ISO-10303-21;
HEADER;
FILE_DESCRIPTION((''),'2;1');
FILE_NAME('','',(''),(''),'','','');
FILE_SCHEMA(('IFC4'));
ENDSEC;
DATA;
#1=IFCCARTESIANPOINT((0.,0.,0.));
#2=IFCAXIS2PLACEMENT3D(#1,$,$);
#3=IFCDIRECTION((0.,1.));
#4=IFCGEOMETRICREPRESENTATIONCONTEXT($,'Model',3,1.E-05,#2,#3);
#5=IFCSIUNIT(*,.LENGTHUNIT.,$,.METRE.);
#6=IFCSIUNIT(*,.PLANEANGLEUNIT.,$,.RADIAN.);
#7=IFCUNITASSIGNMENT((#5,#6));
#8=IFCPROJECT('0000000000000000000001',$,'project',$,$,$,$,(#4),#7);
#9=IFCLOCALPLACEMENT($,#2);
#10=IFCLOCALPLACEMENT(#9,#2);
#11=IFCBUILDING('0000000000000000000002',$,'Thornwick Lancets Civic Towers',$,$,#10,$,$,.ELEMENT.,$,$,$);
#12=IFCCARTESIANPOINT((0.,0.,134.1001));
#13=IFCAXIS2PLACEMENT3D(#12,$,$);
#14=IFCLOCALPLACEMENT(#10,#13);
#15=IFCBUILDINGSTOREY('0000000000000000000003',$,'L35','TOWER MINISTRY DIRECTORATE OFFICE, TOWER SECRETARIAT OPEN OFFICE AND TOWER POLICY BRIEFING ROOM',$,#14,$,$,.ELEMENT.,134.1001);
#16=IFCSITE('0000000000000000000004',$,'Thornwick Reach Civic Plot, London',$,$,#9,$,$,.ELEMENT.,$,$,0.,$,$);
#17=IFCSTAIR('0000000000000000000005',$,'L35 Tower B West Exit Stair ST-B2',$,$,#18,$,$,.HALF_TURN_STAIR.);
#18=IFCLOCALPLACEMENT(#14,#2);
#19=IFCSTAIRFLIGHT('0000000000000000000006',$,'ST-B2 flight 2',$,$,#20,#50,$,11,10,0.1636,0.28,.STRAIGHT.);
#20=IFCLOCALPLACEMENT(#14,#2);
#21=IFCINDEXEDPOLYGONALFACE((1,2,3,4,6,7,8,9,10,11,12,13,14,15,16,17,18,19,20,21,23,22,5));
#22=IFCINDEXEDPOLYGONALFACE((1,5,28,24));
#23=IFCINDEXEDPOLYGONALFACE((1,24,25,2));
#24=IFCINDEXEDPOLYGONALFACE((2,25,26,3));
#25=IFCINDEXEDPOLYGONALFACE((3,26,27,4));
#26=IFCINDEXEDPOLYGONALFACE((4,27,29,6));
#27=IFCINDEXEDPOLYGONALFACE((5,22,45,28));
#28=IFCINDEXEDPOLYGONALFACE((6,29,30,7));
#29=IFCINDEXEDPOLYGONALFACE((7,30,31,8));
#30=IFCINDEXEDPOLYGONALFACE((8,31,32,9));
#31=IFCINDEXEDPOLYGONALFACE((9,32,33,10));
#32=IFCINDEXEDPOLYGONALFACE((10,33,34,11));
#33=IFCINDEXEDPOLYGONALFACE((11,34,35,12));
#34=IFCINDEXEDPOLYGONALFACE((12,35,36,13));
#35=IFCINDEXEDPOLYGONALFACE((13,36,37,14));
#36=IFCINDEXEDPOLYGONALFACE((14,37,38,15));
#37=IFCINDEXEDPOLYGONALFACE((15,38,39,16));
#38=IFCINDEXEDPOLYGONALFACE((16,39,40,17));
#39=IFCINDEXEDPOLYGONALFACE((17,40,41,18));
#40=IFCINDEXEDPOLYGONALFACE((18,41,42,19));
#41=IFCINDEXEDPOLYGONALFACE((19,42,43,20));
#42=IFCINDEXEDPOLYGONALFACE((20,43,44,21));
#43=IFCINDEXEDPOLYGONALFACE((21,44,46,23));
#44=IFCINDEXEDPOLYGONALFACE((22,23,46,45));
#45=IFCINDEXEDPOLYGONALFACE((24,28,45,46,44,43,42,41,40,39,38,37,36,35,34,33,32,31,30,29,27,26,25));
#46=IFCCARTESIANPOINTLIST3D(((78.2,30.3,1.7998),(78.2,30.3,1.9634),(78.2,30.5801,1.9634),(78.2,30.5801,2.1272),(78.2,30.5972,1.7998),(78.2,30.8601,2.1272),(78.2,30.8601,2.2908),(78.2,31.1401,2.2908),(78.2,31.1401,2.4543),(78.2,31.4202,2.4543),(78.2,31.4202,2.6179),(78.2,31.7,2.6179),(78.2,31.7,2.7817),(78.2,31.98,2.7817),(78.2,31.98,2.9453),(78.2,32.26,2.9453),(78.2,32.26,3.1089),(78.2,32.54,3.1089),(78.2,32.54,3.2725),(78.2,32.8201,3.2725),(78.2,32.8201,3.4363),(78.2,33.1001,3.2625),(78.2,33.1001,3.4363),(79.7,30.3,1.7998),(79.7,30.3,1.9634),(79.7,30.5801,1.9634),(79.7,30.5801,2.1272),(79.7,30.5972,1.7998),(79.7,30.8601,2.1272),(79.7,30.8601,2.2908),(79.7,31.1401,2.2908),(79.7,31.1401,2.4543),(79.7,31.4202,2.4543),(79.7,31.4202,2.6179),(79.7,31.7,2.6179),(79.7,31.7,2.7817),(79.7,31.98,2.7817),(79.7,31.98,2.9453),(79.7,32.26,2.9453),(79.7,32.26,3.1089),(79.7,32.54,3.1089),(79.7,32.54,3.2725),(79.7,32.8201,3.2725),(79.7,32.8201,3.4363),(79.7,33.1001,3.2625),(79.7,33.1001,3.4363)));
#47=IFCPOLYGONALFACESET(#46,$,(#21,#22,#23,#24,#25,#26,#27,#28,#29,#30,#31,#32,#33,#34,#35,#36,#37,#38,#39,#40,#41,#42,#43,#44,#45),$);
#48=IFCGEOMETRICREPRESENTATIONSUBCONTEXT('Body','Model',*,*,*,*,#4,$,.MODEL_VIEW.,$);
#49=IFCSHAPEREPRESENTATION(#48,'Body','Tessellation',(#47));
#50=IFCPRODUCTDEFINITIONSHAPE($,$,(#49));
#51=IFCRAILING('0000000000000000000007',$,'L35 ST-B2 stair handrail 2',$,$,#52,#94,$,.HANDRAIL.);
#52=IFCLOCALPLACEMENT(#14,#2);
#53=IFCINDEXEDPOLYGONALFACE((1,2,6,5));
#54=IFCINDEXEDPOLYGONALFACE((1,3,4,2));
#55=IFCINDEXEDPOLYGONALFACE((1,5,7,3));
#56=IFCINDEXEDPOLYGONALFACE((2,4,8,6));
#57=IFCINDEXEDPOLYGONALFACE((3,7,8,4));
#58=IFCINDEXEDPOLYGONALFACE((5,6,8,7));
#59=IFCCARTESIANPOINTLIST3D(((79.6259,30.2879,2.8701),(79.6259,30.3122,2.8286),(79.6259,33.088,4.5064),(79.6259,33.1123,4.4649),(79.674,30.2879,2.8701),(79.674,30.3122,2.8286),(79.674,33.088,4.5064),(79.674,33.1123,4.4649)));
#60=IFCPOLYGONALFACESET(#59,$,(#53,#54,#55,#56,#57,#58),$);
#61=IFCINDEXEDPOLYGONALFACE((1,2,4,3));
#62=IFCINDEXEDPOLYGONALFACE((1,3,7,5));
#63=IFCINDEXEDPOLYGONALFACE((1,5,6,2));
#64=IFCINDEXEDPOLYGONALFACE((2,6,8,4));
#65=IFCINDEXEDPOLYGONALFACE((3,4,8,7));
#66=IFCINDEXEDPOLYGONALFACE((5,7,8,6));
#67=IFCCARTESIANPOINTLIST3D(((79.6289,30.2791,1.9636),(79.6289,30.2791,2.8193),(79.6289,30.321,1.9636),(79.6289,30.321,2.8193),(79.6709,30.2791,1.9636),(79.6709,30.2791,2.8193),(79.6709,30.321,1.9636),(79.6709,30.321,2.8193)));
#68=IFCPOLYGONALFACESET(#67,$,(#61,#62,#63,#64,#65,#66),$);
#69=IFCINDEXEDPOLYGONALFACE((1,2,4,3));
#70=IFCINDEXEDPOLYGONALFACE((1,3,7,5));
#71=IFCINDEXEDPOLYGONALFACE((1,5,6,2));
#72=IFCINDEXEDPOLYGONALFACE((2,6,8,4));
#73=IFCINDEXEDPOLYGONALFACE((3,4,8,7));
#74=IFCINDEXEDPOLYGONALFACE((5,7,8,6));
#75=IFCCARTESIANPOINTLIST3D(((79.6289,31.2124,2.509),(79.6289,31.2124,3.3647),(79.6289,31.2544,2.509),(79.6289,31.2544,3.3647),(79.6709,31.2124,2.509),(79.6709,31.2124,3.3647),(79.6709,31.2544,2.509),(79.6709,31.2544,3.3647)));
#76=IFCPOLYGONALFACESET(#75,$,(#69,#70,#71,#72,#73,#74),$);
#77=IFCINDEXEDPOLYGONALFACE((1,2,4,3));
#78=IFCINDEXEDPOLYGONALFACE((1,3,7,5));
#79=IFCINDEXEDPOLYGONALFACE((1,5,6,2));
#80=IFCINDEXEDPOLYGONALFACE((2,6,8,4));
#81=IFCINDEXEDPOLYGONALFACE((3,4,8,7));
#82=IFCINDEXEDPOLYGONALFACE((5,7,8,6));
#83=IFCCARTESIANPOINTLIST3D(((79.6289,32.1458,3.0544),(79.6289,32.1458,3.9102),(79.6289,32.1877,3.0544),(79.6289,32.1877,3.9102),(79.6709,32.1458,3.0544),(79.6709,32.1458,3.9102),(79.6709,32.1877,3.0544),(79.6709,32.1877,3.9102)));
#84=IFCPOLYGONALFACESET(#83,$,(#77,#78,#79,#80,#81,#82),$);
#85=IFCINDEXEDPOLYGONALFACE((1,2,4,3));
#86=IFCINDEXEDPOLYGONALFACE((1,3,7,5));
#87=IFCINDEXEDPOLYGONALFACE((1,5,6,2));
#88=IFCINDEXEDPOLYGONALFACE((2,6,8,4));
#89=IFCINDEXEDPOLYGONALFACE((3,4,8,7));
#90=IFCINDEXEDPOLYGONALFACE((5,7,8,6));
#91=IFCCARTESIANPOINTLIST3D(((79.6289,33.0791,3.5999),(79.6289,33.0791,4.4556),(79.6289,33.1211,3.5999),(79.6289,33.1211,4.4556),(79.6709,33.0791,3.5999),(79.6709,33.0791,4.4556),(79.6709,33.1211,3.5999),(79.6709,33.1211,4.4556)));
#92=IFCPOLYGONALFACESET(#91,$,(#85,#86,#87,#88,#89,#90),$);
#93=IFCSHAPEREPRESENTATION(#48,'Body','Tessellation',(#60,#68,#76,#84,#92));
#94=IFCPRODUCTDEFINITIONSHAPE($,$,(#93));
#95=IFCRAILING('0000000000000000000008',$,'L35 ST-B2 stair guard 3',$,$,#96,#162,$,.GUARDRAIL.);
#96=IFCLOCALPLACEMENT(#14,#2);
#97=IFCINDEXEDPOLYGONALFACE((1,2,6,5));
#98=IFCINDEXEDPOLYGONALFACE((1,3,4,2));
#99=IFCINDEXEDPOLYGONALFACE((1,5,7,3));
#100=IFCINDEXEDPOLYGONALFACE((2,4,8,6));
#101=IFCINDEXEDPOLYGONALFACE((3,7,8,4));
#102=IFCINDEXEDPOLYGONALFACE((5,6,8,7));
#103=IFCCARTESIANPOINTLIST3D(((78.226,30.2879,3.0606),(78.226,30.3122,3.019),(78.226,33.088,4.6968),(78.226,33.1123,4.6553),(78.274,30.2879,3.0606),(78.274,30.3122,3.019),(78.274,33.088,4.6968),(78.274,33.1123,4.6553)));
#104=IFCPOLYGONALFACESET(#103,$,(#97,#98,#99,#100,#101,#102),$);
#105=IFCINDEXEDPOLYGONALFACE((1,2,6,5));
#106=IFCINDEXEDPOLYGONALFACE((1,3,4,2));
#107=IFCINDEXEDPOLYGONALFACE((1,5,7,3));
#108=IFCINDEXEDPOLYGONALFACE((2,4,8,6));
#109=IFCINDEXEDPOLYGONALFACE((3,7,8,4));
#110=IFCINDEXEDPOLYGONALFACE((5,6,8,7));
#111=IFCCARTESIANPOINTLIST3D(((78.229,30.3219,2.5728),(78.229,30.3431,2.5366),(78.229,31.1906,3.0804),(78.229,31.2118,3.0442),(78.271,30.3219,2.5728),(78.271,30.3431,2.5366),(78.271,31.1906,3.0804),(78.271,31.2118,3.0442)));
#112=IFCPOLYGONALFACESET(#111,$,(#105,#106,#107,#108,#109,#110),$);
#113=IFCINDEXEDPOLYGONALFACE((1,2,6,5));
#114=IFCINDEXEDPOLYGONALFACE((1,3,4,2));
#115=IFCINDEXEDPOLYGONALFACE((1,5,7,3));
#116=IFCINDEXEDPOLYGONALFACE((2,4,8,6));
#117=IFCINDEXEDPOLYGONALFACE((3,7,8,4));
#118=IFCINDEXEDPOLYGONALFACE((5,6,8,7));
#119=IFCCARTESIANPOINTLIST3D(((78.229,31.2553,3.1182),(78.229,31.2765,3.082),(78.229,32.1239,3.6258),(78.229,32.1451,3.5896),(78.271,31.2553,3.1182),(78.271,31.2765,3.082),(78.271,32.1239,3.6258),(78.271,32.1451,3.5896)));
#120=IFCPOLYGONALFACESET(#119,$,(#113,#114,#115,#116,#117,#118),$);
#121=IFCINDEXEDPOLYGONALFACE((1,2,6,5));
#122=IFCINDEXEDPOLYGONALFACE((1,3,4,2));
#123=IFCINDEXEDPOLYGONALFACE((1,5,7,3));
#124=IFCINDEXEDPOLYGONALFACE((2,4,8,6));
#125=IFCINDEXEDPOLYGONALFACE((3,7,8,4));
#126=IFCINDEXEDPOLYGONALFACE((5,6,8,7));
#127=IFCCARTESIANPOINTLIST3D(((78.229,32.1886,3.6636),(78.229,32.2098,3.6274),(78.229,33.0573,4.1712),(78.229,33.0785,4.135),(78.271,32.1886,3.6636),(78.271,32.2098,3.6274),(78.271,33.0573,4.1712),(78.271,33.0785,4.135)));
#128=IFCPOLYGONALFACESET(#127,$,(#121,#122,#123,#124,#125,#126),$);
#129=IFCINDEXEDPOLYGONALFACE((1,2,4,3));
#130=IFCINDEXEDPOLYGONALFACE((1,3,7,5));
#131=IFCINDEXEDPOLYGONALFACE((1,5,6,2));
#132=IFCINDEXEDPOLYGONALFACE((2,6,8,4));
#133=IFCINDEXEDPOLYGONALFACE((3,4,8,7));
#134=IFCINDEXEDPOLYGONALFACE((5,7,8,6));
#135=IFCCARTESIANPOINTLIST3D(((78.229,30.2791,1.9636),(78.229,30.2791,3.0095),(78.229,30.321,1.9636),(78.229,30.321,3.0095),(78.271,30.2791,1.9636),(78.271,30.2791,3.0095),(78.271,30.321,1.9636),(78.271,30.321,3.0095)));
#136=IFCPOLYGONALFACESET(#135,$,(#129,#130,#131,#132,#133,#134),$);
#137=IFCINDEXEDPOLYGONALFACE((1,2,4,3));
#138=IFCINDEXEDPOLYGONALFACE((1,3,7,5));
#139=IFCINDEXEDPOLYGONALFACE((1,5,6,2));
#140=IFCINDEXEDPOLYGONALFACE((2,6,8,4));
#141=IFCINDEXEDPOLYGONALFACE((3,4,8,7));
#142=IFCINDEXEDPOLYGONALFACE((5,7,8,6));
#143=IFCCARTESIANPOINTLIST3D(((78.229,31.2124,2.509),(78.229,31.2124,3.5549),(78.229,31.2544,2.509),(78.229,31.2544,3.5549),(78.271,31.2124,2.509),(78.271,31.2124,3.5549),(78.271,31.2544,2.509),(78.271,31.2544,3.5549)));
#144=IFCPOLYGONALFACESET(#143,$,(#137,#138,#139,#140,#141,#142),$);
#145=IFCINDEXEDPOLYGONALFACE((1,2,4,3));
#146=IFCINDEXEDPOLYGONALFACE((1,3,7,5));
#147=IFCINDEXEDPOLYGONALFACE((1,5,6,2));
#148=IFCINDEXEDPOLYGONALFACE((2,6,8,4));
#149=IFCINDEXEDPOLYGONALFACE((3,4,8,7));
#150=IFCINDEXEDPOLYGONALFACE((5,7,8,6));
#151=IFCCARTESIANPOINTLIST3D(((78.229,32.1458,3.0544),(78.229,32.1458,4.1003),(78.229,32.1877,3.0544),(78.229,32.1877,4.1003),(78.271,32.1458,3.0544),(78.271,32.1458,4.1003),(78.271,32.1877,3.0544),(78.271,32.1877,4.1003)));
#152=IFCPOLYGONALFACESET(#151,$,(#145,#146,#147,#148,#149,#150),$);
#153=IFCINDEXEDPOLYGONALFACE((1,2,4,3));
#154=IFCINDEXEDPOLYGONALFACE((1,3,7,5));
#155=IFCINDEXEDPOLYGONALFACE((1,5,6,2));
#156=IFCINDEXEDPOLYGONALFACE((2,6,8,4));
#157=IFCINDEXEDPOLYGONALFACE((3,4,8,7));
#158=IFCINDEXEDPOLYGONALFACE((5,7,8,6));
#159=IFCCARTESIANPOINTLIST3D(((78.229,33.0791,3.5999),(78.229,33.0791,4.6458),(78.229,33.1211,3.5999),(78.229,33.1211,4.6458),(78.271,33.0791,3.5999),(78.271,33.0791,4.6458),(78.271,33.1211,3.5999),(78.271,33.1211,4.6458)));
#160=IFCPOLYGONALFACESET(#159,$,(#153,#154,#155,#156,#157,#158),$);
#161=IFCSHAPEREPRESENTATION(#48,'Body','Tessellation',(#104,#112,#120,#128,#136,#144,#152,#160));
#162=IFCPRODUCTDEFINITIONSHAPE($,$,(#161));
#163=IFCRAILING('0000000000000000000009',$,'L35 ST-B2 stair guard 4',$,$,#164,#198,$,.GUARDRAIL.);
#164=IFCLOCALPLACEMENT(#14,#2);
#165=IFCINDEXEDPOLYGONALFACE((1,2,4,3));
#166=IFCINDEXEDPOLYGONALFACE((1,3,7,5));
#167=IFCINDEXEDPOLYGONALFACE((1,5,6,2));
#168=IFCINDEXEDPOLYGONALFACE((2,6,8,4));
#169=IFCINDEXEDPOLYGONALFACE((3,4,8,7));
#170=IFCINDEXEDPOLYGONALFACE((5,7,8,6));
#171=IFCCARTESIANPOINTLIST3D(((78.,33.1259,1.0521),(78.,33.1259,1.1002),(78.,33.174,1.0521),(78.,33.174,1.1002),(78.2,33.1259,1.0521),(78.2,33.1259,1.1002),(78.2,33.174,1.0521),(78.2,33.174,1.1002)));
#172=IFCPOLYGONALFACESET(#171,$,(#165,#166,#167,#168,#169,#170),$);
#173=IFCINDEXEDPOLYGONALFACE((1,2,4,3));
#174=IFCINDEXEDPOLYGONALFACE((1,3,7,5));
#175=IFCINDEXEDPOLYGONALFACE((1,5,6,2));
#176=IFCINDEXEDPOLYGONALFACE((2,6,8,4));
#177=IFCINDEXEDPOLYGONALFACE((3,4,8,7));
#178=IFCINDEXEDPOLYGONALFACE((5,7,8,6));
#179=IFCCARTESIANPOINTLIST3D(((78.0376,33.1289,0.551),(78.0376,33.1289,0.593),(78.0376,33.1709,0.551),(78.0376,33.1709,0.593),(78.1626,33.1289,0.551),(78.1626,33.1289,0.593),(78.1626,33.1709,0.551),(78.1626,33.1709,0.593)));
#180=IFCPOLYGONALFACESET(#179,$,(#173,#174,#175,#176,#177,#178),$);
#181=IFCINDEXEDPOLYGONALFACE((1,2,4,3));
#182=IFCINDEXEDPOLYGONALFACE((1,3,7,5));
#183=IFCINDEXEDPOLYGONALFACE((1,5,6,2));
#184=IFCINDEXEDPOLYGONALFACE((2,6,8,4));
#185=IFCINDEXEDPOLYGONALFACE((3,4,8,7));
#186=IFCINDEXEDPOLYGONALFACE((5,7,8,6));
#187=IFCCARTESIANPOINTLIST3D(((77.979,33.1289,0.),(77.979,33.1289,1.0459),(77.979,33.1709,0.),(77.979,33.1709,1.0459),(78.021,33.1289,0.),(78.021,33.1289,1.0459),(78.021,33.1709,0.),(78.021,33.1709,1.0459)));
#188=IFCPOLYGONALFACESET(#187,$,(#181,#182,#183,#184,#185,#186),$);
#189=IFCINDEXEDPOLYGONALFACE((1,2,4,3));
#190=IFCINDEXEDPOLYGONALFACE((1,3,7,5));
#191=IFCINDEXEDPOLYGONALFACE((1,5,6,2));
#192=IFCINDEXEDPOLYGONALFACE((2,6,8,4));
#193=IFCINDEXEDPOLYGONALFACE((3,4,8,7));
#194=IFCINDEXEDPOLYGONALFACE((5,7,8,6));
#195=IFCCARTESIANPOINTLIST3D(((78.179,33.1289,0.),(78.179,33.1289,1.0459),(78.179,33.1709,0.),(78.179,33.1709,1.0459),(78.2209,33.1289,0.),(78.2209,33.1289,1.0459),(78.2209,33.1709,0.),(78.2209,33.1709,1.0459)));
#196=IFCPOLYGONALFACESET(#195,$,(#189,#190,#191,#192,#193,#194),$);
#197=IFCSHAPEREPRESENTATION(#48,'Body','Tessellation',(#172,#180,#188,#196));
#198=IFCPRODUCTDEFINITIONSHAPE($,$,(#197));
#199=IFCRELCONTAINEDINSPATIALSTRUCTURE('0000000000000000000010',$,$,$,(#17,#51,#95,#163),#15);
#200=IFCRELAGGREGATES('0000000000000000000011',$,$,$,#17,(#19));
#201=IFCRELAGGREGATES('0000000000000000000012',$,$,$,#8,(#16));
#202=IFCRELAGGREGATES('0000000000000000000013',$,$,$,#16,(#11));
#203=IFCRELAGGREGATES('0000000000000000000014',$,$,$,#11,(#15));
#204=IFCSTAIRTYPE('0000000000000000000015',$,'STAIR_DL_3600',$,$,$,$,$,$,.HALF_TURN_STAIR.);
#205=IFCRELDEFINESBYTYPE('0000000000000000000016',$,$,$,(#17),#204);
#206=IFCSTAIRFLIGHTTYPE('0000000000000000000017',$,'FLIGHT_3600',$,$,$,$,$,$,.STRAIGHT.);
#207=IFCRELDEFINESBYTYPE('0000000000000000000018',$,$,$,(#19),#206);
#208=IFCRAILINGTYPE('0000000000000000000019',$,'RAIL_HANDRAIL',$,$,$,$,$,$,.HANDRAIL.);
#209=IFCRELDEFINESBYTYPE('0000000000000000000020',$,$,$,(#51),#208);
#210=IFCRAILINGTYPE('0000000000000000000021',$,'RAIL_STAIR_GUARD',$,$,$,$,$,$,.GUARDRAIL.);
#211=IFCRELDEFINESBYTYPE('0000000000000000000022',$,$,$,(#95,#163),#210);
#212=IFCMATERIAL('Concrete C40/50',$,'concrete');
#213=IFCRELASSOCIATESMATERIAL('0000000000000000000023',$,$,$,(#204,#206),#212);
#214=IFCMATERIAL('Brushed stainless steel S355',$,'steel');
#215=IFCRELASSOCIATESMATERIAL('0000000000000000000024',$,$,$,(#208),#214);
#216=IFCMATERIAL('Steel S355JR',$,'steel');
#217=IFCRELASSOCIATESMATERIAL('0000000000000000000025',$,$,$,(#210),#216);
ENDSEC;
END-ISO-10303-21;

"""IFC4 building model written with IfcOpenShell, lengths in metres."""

from ifc_helpers import new_model, si_unit, direction, frame, origin, origin_2d, place, context, subcontext, project, spatial, polyline, rectangle, outline, extrude, material, type_object, element, aggregate, save


model = new_model("IFC4")

# Units and contexts
model_context = context("Model", 3, precision=1e-05, world=origin(), true_north=direction((0.0, 1.0)))
body_context = subcontext(model_context, "Body", "Model", "MODEL_VIEW")
ifc_project = project(units=[si_unit("LENGTHUNIT", "METRE"), si_unit("PLANEANGLEUNIT", "RADIAN")], contexts=[model_context])

# Site, building, storey
site_placement = place(None, origin())
site = spatial("IfcSite", under=ifc_project, at=site_placement, Name="Thornwick Reach Civic Plot, London", CompositionType="ELEMENT", RefElevation=0.0)
building_placement = place(site_placement, origin())
building = spatial("IfcBuilding", under=site, at=building_placement, Name="Thornwick Lancets Civic Towers", CompositionType="ELEMENT")
storey_placement = place(building_placement, frame((0.0, 0.0, 134.1001)))
storey = spatial("IfcBuildingStorey", under=building, at=storey_placement, Name="L35", Description="TOWER MINISTRY DIRECTORATE OFFICE, TOWER SECRETARIAT OPEN OFFICE AND TOWER POLICY BRIEFING ROOM", CompositionType="ELEMENT", Elevation=134.1001)

# Shared definitions
ifc_material_1 = material(Name="Steel S355JR", Category="steel")

# Shared definitions
ifc_material_2 = material(Name="Concrete C40/50", Category="concrete")

# Stair, stair flight
stair_type = type_object("IfcStairType", Name="STAIR_DL_3600", PredefinedType="HALF_TURN_STAIR", material=ifc_material_2)
stair_placement = place(storey_placement, origin())
stair = element("IfcStair", 1, at=stair_placement, inside=storey, type_object=stair_type, Name="L35 Tower B West Exit Stair ST-B2", PredefinedType="HALF_TURN_STAIR")
stair_flight_type = type_object("IfcStairFlightType", Name="FLIGHT_3600", PredefinedType="STRAIGHT", material=ifc_material_2)
stair_flight_placement = place(storey_placement, frame((78.95, 30.3, 1.7998), z_axis=(0.0, 0.0, 1.0), x_axis=(0.0, 1.0, 0.0)))
stair_flight = element("IfcStairFlight", 2, at=stair_flight_placement, type_object=stair_flight_type, Name="ST-B2 flight 2", NumberOfRisers=11, NumberOfTreads=10, PredefinedType="STRAIGHT", RiserHeight=0.1636, TreadLength=0.28, context=body_context, shape_type="SweptSolid", body=[
    extrude(outline(polyline([(0.0, 0.0), (0.0, 0.1636), (0.28, 0.1636), (0.28, 0.3274), (0.5601, 0.3274), (0.5601, 0.491), (0.8401, 0.491), (0.8401, 0.6545), (1.1201, 0.6545), (1.1201, 0.8181), (1.3999, 0.8181), (1.3999, 0.9819), (1.6799, 0.9819), (1.6799, 1.1455), (1.96, 1.1455), (1.96, 1.3091), (2.24, 1.3091), (2.24, 1.4727), (2.52, 1.4727), (2.52, 1.6365), (2.8, 1.6365), (2.8, 1.8), (2.8, 1.4626), (0.2971, 0.0), (0.0, 0.0)])), frame((0.0, 0.75, 0.0), z_axis=(0.0, -1.0, 0.0), x_axis=(1.0, 0.0, 0.0)), (0.0, 0.0, 1.0), 1.5),
])
aggregate(stair, [stair_flight])

# Railings
ifc_material_3 = material(Name="Brushed stainless steel S355", Category="steel")
railing_type_1 = type_object("IfcRailingType", Name="RAIL_HANDRAIL", PredefinedType="HANDRAIL", material=ifc_material_3)
railing_1_placement = place(storey_placement, frame((79.6499, 30.3, 1.9636)))
element("IfcRailing", 3, at=railing_1_placement, inside=storey, type_object=railing_type_1, Name="L35 ST-B2 stair handrail 2", PredefinedType="HANDRAIL", context=body_context, shape_type="SweptSolid", body=[
    extrude(rectangle(XDim=0.0481, YDim=0.0481, at=origin_2d()), frame((0.0, 0.0, 0.8857), z_axis=(0.0, 0.863394, 0.504531), x_axis=(-1.0, 0.0, 0.0)), (0.0, 0.0, 1.0), 3.2432),
    extrude(rectangle(XDim=0.042, YDim=0.042, at=origin_2d()), origin(), (0.0, 0.0, 1.0), 0.8557),
    extrude(rectangle(XDim=0.042, YDim=0.042, at=origin_2d()), frame((0.0, 0.9333, 0.5454)), (0.0, 0.0, 1.0), 0.8557),
    extrude(rectangle(XDim=0.042, YDim=0.042, at=origin_2d()), frame((0.0, 1.8667, 1.0908)), (0.0, 0.0, 1.0), 0.8557),
    extrude(rectangle(XDim=0.042, YDim=0.042, at=origin_2d()), frame((0.0, 2.8, 1.6362)), (0.0, 0.0, 1.0), 0.8557),
])
railing_type_2 = type_object("IfcRailingType", Name="RAIL_STAIR_GUARD", PredefinedType="GUARDRAIL", material=ifc_material_1)
railing_2_placement = place(storey_placement, frame((78.25, 30.3, 1.9636)))
element("IfcRailing", 4, at=railing_2_placement, inside=storey, type_object=railing_type_2, Name="L35 ST-B2 stair guard 3", PredefinedType="GUARDRAIL", context=body_context, shape_type="SweptSolid", body=[
    extrude(rectangle(XDim=0.0481, YDim=0.0481, at=origin_2d()), frame((0.0, 0.0, 1.0762), z_axis=(0.0, 0.863394, 0.504531), x_axis=(-1.0, 0.0, 0.0)), (0.0, 0.0, 1.0), 3.2432),
    extrude(rectangle(XDim=0.042, YDim=0.042, at=origin_2d()), frame((0.0, 0.0325, 0.5911), z_axis=(0.0, 0.863394, 0.504531), x_axis=(-1.0, 0.0, 0.0)), (0.0, 0.0, 1.0), 1.0061),
    extrude(rectangle(XDim=0.042, YDim=0.042, at=origin_2d()), frame((0.0, 0.9658, 1.1365), z_axis=(0.0, 0.863394, 0.504531), x_axis=(-1.0, 0.0, 0.0)), (0.0, 0.0, 1.0), 1.0061),
    extrude(rectangle(XDim=0.042, YDim=0.042, at=origin_2d()), frame((0.0, 1.8992, 1.6819), z_axis=(0.0, 0.863394, 0.504531), x_axis=(-1.0, 0.0, 0.0)), (0.0, 0.0, 1.0), 1.0061),
    extrude(rectangle(XDim=0.042, YDim=0.042, at=origin_2d()), origin(), (0.0, 0.0, 1.0), 1.0459),
    extrude(rectangle(XDim=0.042, YDim=0.042, at=origin_2d()), frame((0.0, 0.9333, 0.5454)), (0.0, 0.0, 1.0), 1.0459),
    extrude(rectangle(XDim=0.042, YDim=0.042, at=origin_2d()), frame((0.0, 1.8667, 1.0908)), (0.0, 0.0, 1.0), 1.0459),
    extrude(rectangle(XDim=0.042, YDim=0.042, at=origin_2d()), frame((0.0, 2.8, 1.6362)), (0.0, 0.0, 1.0), 1.0459),
])
railing_3_placement = place(storey_placement, frame((78.0, 33.1499, 0.0)))
element("IfcRailing", 5, at=railing_3_placement, inside=storey, type_object=railing_type_2, Name="L35 ST-B2 stair guard 4", PredefinedType="GUARDRAIL", context=body_context, shape_type="SweptSolid", body=[
    extrude(rectangle(XDim=0.0481, YDim=0.0481, at=origin_2d()), frame((0.0, 0.0, 1.0762), z_axis=(1.0, 0.0, 0.0), x_axis=(0.0, 1.0, 0.0)), (0.0, 0.0, 1.0), 0.2),
    extrude(rectangle(XDim=0.042, YDim=0.042, at=origin_2d()), frame((0.0376, 0.0, 0.572), z_axis=(1.0, 0.0, 0.0), x_axis=(0.0, 1.0, 0.0)), (0.0, 0.0, 1.0), 0.125),
    extrude(rectangle(XDim=0.042, YDim=0.042, at=origin_2d()), origin(), (0.0, 0.0, 1.0), 1.0459),
    extrude(rectangle(XDim=0.042, YDim=0.042, at=origin_2d()), frame((0.2, 0.0, 0.0)), (0.0, 0.0, 1.0), 1.0459),
])

save(model, "model.ifc")
